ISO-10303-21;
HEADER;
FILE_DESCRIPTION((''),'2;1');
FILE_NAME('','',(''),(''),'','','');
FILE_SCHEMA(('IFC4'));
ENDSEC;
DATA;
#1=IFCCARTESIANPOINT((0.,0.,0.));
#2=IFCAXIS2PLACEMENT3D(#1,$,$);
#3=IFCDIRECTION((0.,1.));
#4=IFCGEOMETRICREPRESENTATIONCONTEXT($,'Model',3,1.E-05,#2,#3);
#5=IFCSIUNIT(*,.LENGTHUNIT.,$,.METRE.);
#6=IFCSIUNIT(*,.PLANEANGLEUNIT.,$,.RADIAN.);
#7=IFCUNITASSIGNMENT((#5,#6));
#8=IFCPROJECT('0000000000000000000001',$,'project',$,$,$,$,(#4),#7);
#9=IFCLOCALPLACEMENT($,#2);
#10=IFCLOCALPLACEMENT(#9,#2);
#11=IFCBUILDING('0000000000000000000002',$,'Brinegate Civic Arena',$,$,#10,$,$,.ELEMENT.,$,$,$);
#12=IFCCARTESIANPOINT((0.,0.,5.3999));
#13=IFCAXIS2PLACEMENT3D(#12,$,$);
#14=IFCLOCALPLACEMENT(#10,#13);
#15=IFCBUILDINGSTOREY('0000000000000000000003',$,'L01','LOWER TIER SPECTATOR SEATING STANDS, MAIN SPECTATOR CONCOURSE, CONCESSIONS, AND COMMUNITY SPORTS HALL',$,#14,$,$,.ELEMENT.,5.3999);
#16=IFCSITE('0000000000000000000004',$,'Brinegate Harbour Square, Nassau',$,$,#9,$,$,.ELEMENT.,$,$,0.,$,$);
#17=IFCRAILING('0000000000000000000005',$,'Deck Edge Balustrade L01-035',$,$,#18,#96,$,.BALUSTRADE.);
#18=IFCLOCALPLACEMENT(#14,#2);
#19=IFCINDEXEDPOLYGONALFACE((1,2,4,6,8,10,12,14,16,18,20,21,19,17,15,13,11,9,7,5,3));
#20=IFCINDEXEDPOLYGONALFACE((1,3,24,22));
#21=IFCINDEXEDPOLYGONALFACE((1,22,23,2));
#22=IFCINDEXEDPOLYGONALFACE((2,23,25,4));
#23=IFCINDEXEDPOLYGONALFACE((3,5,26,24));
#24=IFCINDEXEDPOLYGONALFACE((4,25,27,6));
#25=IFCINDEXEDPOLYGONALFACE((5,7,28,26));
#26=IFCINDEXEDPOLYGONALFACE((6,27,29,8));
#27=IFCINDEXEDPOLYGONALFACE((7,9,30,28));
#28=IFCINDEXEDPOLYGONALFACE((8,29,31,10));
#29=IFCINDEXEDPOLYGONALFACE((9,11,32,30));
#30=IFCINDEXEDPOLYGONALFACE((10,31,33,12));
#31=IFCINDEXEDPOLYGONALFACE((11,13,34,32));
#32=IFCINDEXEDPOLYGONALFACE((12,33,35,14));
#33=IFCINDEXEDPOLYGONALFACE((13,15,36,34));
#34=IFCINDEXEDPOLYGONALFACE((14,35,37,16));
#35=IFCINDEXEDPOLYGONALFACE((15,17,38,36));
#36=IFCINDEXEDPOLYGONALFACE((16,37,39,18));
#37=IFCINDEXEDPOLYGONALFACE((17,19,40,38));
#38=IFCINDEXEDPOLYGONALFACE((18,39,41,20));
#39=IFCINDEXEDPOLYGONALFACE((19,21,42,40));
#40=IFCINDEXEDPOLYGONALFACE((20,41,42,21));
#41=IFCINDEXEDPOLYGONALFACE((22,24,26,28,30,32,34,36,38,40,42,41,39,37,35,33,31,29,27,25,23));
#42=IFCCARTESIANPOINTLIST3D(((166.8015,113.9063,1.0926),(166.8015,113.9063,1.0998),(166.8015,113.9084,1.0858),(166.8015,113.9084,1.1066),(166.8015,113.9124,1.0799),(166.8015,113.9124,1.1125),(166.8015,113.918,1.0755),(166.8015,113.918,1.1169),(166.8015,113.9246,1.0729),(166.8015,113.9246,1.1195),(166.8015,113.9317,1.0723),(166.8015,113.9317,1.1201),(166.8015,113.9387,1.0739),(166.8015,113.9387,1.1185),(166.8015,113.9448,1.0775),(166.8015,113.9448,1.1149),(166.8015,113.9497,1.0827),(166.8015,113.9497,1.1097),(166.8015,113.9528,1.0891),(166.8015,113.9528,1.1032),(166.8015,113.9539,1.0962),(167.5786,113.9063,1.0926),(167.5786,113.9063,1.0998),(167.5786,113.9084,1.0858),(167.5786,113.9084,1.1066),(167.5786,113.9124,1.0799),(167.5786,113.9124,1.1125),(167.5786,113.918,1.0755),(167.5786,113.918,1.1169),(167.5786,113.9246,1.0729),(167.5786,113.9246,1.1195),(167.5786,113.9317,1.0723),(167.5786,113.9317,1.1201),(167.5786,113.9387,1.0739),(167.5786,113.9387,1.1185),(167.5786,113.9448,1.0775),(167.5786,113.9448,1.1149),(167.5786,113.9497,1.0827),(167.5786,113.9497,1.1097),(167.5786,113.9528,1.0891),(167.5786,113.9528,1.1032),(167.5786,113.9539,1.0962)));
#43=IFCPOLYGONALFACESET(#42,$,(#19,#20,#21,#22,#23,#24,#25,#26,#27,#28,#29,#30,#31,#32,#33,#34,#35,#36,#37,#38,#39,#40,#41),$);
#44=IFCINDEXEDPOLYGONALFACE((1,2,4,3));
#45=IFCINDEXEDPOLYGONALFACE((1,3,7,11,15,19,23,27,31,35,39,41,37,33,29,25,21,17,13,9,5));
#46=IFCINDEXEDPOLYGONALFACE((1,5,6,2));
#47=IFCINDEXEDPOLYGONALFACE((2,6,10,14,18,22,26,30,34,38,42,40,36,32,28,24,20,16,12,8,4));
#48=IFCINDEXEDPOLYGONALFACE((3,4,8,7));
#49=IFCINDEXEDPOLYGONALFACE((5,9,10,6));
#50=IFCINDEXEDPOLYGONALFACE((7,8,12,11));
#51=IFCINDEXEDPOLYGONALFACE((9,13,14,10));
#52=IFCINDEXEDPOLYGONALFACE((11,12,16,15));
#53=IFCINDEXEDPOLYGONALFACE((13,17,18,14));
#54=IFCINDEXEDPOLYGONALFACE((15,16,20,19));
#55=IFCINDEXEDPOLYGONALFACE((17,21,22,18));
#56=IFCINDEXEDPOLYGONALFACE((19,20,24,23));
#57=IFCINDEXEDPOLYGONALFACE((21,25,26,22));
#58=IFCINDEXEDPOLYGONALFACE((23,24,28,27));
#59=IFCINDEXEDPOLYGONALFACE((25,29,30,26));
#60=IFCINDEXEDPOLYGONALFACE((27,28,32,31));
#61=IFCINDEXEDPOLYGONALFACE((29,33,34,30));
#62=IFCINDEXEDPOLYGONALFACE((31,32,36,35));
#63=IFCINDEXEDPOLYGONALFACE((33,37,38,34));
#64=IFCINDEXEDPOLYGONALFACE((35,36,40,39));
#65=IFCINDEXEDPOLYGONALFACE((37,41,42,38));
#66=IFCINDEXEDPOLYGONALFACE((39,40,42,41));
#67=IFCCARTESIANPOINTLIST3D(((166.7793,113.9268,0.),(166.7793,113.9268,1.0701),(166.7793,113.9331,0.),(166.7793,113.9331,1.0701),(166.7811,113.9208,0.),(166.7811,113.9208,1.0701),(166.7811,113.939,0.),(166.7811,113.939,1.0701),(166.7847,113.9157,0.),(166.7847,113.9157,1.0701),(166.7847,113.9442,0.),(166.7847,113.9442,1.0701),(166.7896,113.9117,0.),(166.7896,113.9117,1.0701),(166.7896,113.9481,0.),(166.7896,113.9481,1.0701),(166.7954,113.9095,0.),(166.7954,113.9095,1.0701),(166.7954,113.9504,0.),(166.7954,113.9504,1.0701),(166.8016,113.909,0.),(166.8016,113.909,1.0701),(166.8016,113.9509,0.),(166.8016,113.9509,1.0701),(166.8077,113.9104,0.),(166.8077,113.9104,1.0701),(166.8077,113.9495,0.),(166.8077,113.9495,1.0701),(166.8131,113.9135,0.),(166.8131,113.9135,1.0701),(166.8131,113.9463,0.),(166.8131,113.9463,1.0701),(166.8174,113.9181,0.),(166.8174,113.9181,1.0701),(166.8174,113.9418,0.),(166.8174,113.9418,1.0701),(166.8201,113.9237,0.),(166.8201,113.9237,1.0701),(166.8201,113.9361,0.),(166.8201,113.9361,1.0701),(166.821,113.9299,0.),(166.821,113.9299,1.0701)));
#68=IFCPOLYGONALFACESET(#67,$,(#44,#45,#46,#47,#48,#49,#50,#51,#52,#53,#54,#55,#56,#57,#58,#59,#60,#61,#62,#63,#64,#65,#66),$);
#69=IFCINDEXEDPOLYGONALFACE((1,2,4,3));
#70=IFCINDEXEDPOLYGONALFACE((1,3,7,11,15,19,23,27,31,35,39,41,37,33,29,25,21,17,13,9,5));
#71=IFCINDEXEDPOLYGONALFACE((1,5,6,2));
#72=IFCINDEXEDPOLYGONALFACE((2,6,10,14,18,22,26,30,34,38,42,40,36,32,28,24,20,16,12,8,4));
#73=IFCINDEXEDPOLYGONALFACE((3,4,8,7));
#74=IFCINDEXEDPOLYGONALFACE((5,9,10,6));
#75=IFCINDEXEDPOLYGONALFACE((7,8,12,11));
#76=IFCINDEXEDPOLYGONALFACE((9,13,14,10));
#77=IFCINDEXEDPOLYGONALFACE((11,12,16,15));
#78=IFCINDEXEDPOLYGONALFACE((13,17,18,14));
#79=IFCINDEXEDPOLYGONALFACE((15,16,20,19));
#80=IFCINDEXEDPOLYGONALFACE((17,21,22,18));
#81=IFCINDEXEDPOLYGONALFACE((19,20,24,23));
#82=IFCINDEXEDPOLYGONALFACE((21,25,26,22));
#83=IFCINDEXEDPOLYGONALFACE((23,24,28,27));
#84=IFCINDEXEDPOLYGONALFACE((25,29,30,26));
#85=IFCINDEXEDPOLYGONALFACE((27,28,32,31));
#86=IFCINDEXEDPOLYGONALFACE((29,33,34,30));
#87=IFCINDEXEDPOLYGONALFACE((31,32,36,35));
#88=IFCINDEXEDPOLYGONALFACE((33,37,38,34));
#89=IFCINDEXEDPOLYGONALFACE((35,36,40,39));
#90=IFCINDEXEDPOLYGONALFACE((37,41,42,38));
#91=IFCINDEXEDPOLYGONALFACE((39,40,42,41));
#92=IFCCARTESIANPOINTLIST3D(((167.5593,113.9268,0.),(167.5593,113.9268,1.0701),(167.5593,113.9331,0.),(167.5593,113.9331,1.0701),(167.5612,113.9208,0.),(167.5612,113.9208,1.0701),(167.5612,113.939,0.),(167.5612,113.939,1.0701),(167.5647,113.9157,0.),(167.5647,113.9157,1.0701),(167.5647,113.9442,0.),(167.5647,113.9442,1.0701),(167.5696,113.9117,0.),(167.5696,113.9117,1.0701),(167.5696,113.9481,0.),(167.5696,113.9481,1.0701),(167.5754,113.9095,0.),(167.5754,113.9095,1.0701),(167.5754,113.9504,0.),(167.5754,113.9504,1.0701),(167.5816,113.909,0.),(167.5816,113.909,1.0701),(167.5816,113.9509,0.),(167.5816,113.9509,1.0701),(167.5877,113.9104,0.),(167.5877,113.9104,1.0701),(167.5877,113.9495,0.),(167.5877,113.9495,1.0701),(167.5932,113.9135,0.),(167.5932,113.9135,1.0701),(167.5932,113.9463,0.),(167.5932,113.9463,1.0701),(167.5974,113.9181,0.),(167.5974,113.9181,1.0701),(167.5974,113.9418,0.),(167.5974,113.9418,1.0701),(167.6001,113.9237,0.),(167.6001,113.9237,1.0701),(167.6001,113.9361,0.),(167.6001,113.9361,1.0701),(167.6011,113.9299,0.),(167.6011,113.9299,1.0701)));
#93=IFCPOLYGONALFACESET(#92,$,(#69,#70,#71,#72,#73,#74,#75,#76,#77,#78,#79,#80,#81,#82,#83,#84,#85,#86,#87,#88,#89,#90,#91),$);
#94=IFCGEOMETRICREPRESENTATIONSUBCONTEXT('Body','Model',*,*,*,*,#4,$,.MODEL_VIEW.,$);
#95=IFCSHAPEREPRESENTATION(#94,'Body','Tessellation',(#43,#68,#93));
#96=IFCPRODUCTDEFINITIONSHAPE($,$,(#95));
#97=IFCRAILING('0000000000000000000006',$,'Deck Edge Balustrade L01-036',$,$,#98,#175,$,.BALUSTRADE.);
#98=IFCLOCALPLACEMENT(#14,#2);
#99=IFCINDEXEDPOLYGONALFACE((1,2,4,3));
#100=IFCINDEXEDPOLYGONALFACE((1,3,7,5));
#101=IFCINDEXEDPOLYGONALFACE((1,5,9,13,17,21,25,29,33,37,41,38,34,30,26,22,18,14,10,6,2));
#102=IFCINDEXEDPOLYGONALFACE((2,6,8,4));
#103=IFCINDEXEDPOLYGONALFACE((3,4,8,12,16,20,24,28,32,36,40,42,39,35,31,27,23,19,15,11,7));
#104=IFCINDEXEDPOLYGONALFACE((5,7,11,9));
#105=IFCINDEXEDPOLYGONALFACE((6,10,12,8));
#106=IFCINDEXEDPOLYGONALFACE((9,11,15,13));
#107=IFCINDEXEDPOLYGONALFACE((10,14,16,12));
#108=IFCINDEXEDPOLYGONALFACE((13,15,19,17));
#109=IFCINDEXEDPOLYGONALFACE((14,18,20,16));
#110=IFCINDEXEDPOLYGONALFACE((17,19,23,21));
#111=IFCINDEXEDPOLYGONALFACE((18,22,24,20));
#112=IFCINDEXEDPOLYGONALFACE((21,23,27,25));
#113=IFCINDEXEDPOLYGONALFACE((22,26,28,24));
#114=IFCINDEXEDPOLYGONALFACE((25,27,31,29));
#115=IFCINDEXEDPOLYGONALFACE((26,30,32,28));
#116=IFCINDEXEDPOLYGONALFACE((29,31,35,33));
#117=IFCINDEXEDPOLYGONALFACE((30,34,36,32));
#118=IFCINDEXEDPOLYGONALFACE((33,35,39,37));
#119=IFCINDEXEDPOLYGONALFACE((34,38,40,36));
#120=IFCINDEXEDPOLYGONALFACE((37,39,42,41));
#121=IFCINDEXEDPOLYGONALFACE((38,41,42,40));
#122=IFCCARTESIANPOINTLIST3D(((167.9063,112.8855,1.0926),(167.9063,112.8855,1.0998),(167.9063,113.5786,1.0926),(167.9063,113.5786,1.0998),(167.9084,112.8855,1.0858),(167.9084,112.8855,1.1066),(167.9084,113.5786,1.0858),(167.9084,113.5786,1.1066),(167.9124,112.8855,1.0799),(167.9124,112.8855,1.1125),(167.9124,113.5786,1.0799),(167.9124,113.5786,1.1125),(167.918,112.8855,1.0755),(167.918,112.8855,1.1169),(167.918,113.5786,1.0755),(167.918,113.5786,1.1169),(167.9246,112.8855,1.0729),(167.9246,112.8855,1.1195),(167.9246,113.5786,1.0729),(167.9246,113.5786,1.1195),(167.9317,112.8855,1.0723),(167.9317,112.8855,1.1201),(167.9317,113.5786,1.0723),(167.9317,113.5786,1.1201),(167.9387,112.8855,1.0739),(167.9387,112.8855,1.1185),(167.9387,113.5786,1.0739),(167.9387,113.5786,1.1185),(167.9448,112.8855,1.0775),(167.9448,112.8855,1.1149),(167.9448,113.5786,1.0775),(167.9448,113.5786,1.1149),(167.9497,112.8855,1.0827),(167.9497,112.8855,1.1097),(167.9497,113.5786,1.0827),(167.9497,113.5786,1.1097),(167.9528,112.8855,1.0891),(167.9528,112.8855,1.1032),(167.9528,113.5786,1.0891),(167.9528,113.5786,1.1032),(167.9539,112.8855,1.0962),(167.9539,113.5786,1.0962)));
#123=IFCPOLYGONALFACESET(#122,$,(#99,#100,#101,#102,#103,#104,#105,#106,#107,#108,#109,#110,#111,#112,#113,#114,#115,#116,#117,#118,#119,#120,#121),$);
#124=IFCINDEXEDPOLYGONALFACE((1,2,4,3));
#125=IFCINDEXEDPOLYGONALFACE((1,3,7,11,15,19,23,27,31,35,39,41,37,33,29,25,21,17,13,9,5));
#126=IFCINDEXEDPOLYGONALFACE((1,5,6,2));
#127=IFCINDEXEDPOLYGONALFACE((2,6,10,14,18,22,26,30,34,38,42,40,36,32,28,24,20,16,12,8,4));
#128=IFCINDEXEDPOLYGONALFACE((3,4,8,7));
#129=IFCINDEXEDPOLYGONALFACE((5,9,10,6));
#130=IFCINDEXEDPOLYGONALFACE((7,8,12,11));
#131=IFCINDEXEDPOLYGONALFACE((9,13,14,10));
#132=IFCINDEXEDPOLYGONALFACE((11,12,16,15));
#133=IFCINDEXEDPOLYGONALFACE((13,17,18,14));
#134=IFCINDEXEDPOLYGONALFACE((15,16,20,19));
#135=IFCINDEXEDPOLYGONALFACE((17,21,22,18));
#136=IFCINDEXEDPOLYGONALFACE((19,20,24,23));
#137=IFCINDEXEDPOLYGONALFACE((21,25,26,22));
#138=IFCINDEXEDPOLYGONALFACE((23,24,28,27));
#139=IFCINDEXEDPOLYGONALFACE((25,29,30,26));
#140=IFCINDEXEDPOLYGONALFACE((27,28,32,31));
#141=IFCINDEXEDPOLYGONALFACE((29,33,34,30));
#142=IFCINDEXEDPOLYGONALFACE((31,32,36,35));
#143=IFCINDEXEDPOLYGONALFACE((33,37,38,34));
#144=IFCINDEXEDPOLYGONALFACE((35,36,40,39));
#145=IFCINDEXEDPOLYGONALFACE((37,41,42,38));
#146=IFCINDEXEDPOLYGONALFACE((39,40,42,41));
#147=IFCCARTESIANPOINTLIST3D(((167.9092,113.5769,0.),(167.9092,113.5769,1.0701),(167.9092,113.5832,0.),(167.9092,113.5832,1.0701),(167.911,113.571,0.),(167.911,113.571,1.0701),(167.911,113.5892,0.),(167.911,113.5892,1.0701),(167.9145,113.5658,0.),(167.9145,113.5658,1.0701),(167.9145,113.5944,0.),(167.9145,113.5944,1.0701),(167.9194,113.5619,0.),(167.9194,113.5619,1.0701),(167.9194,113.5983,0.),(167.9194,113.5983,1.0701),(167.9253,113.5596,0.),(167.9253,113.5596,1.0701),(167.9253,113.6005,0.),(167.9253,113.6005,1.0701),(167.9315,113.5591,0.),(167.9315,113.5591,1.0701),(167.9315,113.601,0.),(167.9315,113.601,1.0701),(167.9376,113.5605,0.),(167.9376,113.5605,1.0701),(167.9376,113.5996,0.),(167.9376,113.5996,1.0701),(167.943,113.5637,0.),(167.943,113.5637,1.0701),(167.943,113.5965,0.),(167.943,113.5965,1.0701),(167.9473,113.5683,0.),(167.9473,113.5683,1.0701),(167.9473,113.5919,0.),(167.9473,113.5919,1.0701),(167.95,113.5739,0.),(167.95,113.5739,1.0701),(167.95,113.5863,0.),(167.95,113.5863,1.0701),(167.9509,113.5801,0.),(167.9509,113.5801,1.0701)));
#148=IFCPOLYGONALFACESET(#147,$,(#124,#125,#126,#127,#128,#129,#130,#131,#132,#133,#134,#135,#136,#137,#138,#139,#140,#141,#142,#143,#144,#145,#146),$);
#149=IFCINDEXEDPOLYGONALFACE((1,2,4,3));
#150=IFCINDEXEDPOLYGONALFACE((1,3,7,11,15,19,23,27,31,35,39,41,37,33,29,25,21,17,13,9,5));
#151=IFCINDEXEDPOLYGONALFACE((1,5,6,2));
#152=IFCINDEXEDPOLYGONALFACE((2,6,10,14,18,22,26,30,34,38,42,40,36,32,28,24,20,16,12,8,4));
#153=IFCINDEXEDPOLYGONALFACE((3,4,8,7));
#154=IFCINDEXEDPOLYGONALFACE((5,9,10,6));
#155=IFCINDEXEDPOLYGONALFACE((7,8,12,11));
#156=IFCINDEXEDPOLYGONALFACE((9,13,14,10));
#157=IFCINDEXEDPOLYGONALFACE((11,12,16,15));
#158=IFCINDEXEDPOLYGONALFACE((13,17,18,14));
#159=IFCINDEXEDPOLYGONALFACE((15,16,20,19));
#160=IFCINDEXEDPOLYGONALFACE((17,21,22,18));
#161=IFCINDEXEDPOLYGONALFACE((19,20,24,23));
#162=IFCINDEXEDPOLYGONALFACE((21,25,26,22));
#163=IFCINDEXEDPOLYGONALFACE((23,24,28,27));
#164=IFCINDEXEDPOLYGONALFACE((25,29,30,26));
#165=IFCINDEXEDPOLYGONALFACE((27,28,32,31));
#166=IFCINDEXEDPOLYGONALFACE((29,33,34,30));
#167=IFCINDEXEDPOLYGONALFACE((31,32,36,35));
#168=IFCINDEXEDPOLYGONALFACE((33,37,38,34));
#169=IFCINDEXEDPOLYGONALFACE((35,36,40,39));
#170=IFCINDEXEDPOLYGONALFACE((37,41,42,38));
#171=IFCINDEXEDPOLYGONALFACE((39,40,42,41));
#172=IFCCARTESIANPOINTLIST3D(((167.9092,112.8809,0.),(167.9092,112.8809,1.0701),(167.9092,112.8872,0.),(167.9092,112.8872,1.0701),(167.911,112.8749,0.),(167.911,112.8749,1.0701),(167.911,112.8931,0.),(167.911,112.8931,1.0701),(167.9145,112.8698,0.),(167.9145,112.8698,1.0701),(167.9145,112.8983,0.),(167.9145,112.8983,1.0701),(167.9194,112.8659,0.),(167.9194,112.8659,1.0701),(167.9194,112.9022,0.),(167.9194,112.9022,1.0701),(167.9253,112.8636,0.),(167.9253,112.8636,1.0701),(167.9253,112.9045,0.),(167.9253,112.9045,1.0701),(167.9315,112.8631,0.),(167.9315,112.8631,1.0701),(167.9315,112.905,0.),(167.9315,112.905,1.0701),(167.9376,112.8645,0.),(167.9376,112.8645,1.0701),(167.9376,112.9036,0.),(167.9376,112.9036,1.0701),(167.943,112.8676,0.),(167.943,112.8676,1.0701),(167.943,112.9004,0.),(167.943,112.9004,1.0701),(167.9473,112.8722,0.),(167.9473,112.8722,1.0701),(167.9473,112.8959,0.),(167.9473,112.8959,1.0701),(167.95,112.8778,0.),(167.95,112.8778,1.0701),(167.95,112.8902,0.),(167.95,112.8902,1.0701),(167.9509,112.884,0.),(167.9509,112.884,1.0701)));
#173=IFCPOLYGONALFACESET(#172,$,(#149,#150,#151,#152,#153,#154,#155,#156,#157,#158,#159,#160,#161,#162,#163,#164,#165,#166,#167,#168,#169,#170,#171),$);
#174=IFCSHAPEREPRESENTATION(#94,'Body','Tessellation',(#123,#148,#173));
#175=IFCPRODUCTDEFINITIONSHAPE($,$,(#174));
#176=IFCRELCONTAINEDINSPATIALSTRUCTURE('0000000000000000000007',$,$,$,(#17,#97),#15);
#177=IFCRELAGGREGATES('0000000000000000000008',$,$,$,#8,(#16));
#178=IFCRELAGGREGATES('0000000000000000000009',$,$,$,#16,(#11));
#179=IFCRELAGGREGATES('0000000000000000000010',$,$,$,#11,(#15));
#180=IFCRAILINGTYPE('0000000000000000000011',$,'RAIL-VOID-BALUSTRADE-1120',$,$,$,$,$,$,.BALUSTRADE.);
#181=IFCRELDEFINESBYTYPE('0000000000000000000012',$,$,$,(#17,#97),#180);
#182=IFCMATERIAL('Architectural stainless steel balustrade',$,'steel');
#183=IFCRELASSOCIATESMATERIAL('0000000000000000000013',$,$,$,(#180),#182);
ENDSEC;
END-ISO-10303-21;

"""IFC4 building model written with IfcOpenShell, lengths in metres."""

from ifc_helpers import new_model, si_unit, direction, frame, origin, origin_2d, place, context, subcontext, project, spatial, circle, extrude, material, type_object, element, save


model = new_model("IFC4")

# Units and contexts
model_context = context("Model", 3, precision=1e-05, world=origin(), true_north=direction((0.0, 1.0)))
body_context = subcontext(model_context, "Body", "Model", "MODEL_VIEW")
ifc_project = project(units=[si_unit("LENGTHUNIT", "METRE"), si_unit("PLANEANGLEUNIT", "RADIAN")], contexts=[model_context])

# Site, building, storey
site_placement = place(None, origin())
site = spatial("IfcSite", under=ifc_project, at=site_placement, Name="Brinegate Harbour Square, Nassau", CompositionType="ELEMENT", RefElevation=0.0)
building_placement = place(site_placement, origin())
building = spatial("IfcBuilding", under=site, at=building_placement, Name="Brinegate Civic Arena", CompositionType="ELEMENT")
storey_placement = place(building_placement, frame((0.0, 0.0, 5.3999)))
storey = spatial("IfcBuildingStorey", under=building, at=storey_placement, Name="L01", Description="LOWER TIER SPECTATOR SEATING STANDS, MAIN SPECTATOR CONCOURSE, CONCESSIONS, AND COMMUNITY SPORTS HALL", CompositionType="ELEMENT", Elevation=5.3999)

# Railings
ifc_material_1 = material(Name="Architectural stainless steel balustrade", Category="steel")
railing_type_1 = type_object("IfcRailingType", Name="RAIL-VOID-BALUSTRADE-1120", PredefinedType="BALUSTRADE", material=ifc_material_1)
railing_1_placement = place(storey_placement, frame((166.8, 113.9299, 0.0)))
element("IfcRailing", 1, at=railing_1_placement, inside=storey, type_object=railing_type_1, Name="Deck Edge Balustrade L01-035", PredefinedType="BALUSTRADE", context=body_context, shape_type="SweptSolid", body=[
    extrude(circle(Radius=0.0239, at=origin_2d()), frame((0.0015, 0.0, 1.0962), z_axis=(1.0, 0.0, 0.0), x_axis=(0.0, 1.0, 0.0)), (0.0, 0.0, 1.0), 0.7771),
    extrude(circle(Radius=0.021, at=origin_2d()), origin(), (0.0, 0.0, 1.0), 1.0701),
    extrude(circle(Radius=0.021, at=origin_2d()), frame((0.78, 0.0, 0.0)), (0.0, 0.0, 1.0), 1.0701),
])
railing_2_placement = place(storey_placement, frame((167.9299, 113.5801, 0.0)))
element("IfcRailing", 2, at=railing_2_placement, inside=storey, type_object=railing_type_1, Name="Deck Edge Balustrade L01-036", PredefinedType="BALUSTRADE", context=body_context, shape_type="SweptSolid", body=[
    extrude(circle(Radius=0.0239, at=origin_2d()), frame((0.0, -0.0015, 1.0962), z_axis=(0.0, -1.0, 0.0), x_axis=(1.0, 0.0, 0.0)), (0.0, 0.0, 1.0), 0.6931),
    extrude(circle(Radius=0.021, at=origin_2d()), origin(), (0.0, 0.0, 1.0), 1.0701),
    extrude(circle(Radius=0.021, at=origin_2d()), frame((0.0, -0.696, 0.0)), (0.0, 0.0, 1.0), 1.0701),
])

save(model, "model.ifc")
